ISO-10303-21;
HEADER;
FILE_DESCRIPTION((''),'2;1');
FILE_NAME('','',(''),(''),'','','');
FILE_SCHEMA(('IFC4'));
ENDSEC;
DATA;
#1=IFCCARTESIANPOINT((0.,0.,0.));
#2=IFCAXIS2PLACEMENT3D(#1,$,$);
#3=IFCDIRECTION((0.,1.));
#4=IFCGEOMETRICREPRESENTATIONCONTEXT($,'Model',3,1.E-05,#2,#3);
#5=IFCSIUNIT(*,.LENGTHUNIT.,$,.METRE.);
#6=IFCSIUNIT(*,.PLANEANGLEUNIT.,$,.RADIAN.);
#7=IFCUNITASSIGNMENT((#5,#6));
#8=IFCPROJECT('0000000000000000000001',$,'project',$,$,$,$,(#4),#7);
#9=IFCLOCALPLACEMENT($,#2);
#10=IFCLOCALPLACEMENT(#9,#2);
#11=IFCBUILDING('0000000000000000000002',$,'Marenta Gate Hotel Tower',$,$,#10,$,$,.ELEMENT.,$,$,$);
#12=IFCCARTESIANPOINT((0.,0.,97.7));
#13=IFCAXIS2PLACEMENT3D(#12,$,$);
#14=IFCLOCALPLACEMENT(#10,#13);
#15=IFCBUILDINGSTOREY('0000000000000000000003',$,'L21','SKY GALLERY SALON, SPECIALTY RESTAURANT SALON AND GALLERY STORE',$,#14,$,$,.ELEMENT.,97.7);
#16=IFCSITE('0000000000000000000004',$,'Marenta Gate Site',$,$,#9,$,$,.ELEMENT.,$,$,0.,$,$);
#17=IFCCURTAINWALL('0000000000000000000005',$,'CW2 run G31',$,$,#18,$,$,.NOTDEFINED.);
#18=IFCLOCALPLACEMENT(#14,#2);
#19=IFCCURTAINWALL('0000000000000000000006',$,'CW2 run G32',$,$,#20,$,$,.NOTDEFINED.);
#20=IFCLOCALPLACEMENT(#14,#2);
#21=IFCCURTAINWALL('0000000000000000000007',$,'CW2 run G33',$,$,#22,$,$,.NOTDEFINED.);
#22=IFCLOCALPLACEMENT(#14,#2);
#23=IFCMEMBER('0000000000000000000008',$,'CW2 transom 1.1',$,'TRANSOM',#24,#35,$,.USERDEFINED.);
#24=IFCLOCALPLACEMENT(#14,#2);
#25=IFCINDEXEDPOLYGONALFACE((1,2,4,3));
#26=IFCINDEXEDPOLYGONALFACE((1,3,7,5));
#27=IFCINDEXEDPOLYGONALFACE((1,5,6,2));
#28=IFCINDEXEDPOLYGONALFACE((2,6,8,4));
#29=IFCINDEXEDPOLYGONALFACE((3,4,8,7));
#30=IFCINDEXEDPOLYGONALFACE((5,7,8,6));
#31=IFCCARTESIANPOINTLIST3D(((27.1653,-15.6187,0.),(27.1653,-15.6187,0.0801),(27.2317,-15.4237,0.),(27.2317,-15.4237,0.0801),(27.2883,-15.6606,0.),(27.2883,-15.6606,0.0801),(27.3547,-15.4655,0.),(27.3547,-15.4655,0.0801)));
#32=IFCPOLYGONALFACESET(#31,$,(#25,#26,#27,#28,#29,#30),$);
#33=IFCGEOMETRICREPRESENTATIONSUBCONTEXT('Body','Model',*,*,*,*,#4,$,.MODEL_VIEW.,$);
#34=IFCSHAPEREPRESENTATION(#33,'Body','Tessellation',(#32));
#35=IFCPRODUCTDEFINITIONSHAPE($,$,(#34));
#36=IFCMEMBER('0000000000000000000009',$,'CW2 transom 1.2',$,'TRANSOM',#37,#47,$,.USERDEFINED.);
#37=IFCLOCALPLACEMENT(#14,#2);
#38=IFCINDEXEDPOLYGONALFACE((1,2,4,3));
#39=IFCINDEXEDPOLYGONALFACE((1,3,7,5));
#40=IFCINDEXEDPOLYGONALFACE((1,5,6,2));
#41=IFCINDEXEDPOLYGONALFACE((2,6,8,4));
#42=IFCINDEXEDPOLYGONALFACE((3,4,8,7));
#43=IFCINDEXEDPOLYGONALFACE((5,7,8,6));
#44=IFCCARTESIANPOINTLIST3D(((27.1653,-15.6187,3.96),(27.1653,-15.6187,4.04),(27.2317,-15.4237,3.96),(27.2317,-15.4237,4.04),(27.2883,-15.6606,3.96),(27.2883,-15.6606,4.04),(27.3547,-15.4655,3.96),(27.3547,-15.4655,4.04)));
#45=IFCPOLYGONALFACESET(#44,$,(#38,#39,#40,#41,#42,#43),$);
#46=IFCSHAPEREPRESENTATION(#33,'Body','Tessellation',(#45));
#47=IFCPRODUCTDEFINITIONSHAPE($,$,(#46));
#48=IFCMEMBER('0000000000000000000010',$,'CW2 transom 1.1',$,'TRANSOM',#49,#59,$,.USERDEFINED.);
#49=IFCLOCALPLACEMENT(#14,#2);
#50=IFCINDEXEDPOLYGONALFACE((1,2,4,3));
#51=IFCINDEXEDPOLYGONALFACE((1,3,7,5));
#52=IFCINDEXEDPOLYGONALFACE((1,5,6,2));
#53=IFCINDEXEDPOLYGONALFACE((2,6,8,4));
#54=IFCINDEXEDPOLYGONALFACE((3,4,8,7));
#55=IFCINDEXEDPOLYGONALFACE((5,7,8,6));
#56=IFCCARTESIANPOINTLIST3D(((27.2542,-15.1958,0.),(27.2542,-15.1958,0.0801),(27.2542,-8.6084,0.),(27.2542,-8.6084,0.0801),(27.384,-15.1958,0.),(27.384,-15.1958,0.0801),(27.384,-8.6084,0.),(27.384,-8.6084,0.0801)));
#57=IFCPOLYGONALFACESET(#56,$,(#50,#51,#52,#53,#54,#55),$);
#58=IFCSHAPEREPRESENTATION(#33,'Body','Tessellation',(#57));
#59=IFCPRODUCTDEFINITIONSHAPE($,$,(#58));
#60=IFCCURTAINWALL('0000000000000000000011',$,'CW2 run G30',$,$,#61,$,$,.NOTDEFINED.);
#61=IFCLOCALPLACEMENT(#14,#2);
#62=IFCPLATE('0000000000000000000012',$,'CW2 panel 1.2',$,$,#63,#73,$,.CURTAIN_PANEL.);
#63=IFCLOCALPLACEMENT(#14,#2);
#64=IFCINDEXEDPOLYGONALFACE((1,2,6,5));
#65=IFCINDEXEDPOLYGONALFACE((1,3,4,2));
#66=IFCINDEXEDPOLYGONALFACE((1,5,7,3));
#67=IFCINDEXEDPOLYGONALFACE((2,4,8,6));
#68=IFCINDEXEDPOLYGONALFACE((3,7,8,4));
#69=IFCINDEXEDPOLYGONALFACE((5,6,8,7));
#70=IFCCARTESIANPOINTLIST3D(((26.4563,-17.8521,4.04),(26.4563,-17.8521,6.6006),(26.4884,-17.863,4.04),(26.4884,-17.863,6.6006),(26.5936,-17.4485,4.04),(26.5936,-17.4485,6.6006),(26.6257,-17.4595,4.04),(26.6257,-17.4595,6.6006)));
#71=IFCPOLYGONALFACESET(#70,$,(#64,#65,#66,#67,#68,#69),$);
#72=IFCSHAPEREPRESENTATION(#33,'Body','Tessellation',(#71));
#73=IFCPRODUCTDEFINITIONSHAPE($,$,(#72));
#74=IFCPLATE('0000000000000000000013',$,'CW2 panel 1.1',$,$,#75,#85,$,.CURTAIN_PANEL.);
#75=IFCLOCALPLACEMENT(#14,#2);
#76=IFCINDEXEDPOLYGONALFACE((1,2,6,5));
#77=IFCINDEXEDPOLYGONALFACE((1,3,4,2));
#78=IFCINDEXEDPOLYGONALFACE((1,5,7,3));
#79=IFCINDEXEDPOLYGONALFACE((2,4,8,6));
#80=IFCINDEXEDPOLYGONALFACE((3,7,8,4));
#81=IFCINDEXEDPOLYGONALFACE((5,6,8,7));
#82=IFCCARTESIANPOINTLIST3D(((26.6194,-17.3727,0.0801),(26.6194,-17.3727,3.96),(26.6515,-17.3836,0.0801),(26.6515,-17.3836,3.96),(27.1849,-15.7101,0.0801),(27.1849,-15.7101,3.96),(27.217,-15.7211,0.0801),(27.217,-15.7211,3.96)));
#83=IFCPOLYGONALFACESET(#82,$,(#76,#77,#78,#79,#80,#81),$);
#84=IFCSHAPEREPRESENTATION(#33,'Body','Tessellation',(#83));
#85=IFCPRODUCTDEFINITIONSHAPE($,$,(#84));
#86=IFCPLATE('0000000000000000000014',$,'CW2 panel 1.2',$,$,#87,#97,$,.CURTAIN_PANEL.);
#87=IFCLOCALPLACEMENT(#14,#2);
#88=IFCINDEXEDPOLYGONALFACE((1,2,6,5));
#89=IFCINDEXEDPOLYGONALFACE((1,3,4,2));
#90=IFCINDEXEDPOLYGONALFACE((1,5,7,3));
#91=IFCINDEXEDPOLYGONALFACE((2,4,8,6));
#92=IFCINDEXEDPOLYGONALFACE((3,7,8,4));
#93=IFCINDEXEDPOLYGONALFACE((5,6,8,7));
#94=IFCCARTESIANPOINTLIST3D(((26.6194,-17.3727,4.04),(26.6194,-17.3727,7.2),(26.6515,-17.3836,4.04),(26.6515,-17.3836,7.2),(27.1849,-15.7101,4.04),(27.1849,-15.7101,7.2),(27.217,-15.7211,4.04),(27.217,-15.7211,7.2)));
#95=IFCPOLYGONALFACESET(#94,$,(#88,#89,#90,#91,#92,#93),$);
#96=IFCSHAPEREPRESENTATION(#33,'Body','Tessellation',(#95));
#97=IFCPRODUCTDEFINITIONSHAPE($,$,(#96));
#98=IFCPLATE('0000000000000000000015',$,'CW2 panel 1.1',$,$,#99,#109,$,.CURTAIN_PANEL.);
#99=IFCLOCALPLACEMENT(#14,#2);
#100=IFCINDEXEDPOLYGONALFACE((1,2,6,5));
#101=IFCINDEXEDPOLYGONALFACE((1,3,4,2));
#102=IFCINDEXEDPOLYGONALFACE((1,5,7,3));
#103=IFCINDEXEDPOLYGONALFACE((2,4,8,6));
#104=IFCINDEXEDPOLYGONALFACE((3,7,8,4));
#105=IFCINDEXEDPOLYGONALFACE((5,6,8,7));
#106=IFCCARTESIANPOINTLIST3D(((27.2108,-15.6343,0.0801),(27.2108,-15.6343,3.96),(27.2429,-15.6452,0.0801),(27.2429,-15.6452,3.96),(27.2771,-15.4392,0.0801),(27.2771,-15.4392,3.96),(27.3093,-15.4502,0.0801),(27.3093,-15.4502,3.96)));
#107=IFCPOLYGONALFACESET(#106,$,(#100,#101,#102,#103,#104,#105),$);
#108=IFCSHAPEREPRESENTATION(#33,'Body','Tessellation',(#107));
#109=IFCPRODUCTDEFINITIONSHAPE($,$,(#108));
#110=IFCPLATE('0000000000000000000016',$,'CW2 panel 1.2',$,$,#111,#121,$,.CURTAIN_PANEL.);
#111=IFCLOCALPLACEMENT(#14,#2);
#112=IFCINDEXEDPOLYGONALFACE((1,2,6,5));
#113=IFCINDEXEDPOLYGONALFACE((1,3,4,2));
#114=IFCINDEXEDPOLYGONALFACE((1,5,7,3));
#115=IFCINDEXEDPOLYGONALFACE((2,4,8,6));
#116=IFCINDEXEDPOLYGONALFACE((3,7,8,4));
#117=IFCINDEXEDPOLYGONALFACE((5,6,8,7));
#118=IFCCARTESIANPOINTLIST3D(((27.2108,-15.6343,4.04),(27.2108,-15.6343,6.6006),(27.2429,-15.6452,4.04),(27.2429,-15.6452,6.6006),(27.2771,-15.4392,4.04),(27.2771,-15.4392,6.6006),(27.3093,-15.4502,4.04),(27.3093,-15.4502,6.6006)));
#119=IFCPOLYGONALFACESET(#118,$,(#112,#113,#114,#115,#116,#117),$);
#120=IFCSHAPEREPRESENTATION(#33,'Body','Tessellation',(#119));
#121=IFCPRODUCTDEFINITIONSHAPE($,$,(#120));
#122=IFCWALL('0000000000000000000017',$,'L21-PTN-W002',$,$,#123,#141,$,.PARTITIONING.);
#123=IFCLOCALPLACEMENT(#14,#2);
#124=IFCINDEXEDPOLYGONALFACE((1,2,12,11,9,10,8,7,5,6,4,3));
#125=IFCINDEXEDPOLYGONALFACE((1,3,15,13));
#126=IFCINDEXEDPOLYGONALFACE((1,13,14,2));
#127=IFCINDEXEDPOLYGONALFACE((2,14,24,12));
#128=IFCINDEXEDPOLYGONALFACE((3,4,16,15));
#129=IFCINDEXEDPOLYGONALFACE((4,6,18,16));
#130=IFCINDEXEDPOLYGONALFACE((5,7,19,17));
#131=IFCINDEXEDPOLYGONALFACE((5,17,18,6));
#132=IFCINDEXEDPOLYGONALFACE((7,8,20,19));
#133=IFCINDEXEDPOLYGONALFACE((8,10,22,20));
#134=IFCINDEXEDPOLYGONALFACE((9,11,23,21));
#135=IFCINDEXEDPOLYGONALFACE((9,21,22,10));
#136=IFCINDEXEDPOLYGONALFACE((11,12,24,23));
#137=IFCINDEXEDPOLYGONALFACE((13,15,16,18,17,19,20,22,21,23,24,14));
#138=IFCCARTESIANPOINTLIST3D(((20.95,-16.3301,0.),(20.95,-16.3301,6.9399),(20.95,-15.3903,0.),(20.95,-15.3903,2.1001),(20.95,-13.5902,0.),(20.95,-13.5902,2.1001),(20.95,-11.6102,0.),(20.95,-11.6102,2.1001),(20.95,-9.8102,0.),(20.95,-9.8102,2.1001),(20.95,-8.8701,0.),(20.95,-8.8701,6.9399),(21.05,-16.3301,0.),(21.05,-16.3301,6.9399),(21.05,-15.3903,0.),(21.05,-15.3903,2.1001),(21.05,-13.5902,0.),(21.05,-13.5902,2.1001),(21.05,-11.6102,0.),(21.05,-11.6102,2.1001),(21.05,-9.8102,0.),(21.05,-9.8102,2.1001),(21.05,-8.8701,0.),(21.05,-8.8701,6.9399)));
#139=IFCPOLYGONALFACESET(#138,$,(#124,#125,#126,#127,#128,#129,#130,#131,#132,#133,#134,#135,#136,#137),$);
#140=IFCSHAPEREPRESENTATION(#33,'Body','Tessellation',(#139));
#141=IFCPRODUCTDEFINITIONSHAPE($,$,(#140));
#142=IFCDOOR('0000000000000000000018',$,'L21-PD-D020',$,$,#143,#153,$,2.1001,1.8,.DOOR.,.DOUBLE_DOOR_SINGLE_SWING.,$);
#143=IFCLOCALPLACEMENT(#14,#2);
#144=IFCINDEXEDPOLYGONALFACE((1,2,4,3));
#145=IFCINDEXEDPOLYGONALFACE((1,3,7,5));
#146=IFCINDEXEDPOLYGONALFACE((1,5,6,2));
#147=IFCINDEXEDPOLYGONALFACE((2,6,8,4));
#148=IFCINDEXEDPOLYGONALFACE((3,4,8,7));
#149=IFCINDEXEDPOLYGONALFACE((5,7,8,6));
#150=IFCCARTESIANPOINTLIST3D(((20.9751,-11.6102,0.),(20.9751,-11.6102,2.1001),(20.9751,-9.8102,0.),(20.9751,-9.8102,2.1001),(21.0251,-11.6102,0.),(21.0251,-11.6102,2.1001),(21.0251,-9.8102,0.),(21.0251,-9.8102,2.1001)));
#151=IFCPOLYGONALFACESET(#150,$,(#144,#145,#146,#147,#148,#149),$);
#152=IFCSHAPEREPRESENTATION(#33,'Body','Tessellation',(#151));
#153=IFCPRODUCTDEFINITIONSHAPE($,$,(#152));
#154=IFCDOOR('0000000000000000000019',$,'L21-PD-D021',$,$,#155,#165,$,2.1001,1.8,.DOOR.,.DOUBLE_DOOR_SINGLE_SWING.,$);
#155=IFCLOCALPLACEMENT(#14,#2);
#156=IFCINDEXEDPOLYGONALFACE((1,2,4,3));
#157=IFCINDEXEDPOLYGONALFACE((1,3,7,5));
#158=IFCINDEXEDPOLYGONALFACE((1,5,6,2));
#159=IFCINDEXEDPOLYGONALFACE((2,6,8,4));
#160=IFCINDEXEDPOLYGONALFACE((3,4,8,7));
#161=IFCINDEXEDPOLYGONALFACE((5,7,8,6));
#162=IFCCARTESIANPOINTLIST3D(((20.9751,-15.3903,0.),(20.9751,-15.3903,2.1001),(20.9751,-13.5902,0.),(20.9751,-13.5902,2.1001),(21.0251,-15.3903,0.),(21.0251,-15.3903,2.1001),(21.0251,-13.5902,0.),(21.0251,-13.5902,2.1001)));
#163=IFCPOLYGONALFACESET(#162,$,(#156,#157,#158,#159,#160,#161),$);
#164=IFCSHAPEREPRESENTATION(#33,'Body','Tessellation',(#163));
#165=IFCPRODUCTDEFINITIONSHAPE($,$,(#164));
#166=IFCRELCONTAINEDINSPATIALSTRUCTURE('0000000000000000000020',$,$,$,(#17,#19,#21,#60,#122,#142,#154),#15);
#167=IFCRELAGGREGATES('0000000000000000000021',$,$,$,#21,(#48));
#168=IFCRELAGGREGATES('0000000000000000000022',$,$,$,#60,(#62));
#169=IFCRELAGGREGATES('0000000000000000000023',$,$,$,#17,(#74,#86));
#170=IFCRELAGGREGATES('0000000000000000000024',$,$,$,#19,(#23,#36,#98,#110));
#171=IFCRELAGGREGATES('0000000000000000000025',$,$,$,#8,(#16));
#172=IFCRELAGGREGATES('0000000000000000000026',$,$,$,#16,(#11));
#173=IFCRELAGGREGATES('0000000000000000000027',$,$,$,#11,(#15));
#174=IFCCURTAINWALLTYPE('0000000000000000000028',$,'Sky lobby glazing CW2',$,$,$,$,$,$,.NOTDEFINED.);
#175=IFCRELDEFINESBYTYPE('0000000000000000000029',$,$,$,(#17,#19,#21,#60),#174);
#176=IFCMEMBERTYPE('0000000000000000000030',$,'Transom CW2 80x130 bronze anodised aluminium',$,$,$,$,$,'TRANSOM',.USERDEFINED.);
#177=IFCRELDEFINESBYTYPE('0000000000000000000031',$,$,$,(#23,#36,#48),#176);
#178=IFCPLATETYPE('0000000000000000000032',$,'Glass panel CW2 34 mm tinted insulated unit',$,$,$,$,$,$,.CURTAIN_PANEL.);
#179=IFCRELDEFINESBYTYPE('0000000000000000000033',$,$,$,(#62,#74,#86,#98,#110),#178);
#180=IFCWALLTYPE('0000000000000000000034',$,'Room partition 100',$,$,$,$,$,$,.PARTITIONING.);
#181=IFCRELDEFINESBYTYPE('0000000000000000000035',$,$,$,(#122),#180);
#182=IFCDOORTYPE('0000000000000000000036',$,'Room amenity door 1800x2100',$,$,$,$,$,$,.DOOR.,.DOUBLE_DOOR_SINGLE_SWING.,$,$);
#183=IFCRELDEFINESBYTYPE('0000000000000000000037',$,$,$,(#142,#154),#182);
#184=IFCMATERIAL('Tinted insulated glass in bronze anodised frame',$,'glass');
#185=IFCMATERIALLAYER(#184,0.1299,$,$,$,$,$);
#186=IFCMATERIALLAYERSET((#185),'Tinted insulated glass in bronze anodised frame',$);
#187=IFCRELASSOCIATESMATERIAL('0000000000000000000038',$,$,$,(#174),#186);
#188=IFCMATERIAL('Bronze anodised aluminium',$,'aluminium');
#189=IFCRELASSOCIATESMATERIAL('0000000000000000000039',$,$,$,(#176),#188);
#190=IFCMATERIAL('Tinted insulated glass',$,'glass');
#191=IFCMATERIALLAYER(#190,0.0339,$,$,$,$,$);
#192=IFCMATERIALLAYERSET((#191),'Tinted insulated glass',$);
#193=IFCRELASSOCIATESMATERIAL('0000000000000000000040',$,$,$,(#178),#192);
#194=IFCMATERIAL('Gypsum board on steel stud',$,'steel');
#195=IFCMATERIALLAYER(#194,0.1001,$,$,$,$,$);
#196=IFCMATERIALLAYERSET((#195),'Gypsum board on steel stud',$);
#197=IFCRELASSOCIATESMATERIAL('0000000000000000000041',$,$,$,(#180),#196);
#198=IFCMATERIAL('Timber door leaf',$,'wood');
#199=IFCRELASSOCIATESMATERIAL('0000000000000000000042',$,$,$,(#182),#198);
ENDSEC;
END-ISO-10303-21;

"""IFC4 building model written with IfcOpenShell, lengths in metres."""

from ifc_helpers import new_model, si_unit, direction, frame, frame_2d, origin, origin_2d, place, context, subcontext, project, spatial, rectangle, extrude, material, layer, layer_set, material_profile, profile_set, type_object, element, fill, aggregate, save


model = new_model("IFC4")

# Units and contexts
model_context = context("Model", 3, precision=1e-05, world=origin(), true_north=direction((0.0, 1.0)))
body_context = subcontext(model_context, "Body", "Model", "MODEL_VIEW")
ifc_project = project(units=[si_unit("LENGTHUNIT", "METRE"), si_unit("PLANEANGLEUNIT", "RADIAN")], contexts=[model_context])

# Site, building, storey
site_placement = place(None, origin())
site = spatial("IfcSite", under=ifc_project, at=site_placement, Name="Marenta Gate Site", CompositionType="ELEMENT", RefElevation=0.0)
building_placement = place(site_placement, origin())
building = spatial("IfcBuilding", under=site, at=building_placement, Name="Marenta Gate Hotel Tower", CompositionType="ELEMENT")
storey_placement = place(building_placement, frame((0.0, 0.0, 97.7)))
storey = spatial("IfcBuildingStorey", under=building, at=storey_placement, Name="L21", Description="SKY GALLERY SALON, SPECIALTY RESTAURANT SALON AND GALLERY STORE", CompositionType="ELEMENT", Elevation=97.7)

# Curtain wall
ifc_material_1 = material(Name="Tinted insulated glass in bronze anodised frame", Category="glass")
ifc_layer_1 = layer(ifc_material_1, 0.1299)
ifc_layer_set_1 = layer_set([ifc_layer_1], Name="Tinted insulated glass in bronze anodised frame")
curtain_wall_type = type_object("IfcCurtainWallType", Name="Sky lobby glazing CW2", PredefinedType="NOTDEFINED", material=ifc_layer_set_1)
curtain_wall_1_placement = place(storey_placement, origin())
curtain_wall_1 = element("IfcCurtainWall", 1, at=curtain_wall_1_placement, inside=storey, type_object=curtain_wall_type, Name="CW2 run G31", PredefinedType="NOTDEFINED")

# Curtain wall
curtain_wall_2_placement = place(storey_placement, origin())
curtain_wall_2 = element("IfcCurtainWall", 2, at=curtain_wall_2_placement, inside=storey, type_object=curtain_wall_type, Name="CW2 run G32", PredefinedType="NOTDEFINED")

# Curtain wall
curtain_wall_3_placement = place(storey_placement, origin())
curtain_wall_3 = element("IfcCurtainWall", 3, at=curtain_wall_3_placement, inside=storey, type_object=curtain_wall_type, Name="CW2 run G33", PredefinedType="NOTDEFINED")

# Members
ifc_material_2 = material(Name="Bronze anodised aluminium", Category="aluminium")
ifc_material_profile_1 = material_profile(ifc_material_2, rectangle(XDim=0.1299, YDim=0.0801, at=origin_2d()), Name="Transom CW2 80x130 bronze anodised aluminium")
ifc_profile_set_1 = profile_set([ifc_material_profile_1], Name="Bronze anodised aluminium")
member_type_1 = type_object("IfcMemberType", Name="Transom CW2 80x130 bronze anodised aluminium", ElementType="TRANSOM", PredefinedType="USERDEFINED", material=ifc_profile_set_1)
member_1_placement = place(storey_placement, frame((27.2268, -15.6396, 0.04), z_axis=(0.322264, 0.94665, 0.0), x_axis=(-0.94665, 0.322264, 0.0)))
member_1 = element("IfcMember", 4, at=member_1_placement, type_object=member_type_1, Name="CW2 transom 1.1", ObjectType="TRANSOM", PredefinedType="USERDEFINED", context=body_context, shape_type="SweptSolid", body=[
    extrude(rectangle(XDim=0.1299, YDim=0.0801, at=origin_2d()), origin(), (0.0, 0.0, 1.0), 0.2061),
])
member_2_placement = place(storey_placement, frame((27.2268, -15.6396, 4.0), z_axis=(0.322264, 0.94665, 0.0), x_axis=(-0.94665, 0.322264, 0.0)))
member_2 = element("IfcMember", 5, at=member_2_placement, type_object=member_type_1, Name="CW2 transom 1.2", ObjectType="TRANSOM", PredefinedType="USERDEFINED", context=body_context, shape_type="SweptSolid", body=[
    extrude(rectangle(XDim=0.1299, YDim=0.0801, at=origin_2d()), origin(), (0.0, 0.0, 1.0), 0.2061),
])
member_3_placement = place(storey_placement, frame((27.3191, -15.1958, 0.04), z_axis=(0.0, 1.0, 0.0), x_axis=(-1.0, 0.0, 0.0)))
member_3 = element("IfcMember", 6, at=member_3_placement, type_object=member_type_1, Name="CW2 transom 1.1", ObjectType="TRANSOM", PredefinedType="USERDEFINED", context=body_context, shape_type="SweptSolid", body=[
    extrude(rectangle(XDim=0.1299, YDim=0.0801, at=origin_2d()), origin(), (0.0, 0.0, 1.0), 6.5874),
])
aggregate(curtain_wall_3, [member_3])

# Curtain wall, plate
curtain_wall_4_placement = place(storey_placement, origin())
curtain_wall_4 = element("IfcCurtainWall", 7, at=curtain_wall_4_placement, inside=storey, type_object=curtain_wall_type, Name="CW2 run G30", PredefinedType="NOTDEFINED")
ifc_material_3 = material(Name="Tinted insulated glass", Category="glass")
ifc_layer_2 = layer(ifc_material_3, 0.0339)
ifc_layer_set_2 = layer_set([ifc_layer_2], Name="Tinted insulated glass")
plate_type = type_object("IfcPlateType", Name="Glass panel CW2 34 mm tinted insulated unit", PredefinedType="CURTAIN_PANEL", material=ifc_layer_set_2)
plate_1_placement = place(storey_placement, frame((26.541, -17.6558, 4.04), z_axis=(0.0, 0.0, 1.0), x_axis=(0.322147, 0.94669, 0.0)))
plate_1 = element("IfcPlate", 8, at=plate_1_placement, type_object=plate_type, Name="CW2 panel 1.2", PredefinedType="CURTAIN_PANEL", context=body_context, shape_type="SweptSolid", body=[
    extrude(rectangle(XDim=0.4263, YDim=0.0339, at=origin_2d()), origin(), (0.0, 0.0, 1.0), 2.5605),
])
aggregate(curtain_wall_4, [plate_1])

# Plates
plate_2_placement = place(storey_placement, frame((26.9182, -16.5469, 0.0801), z_axis=(0.0, 0.0, 1.0), x_axis=(0.322022, 0.946732, 0.0)))
plate_2 = element("IfcPlate", 9, at=plate_2_placement, type_object=plate_type, Name="CW2 panel 1.1", PredefinedType="CURTAIN_PANEL", context=body_context, shape_type="SweptSolid", body=[
    extrude(rectangle(XDim=1.7561, YDim=0.0339, at=origin_2d()), origin(), (0.0, 0.0, 1.0), 3.8799),
])
plate_3_placement = place(storey_placement, frame((26.9182, -16.5469, 4.04), z_axis=(0.0, 0.0, 1.0), x_axis=(0.322022, 0.946732, 0.0)))
plate_3 = element("IfcPlate", 10, at=plate_3_placement, type_object=plate_type, Name="CW2 panel 1.2", PredefinedType="CURTAIN_PANEL", context=body_context, shape_type="SweptSolid", body=[
    extrude(rectangle(XDim=1.7561, YDim=0.0339, at=origin_2d()), origin(), (0.0, 0.0, 1.0), 3.1599),
])
aggregate(curtain_wall_1, [plate_2, plate_3])
plate_4_placement = place(storey_placement, frame((27.26, -15.5422, 0.0801), z_axis=(0.0, 0.0, 1.0), x_axis=(0.32204, 0.946726, 0.0)))
plate_4 = element("IfcPlate", 11, at=plate_4_placement, type_object=plate_type, Name="CW2 panel 1.1", PredefinedType="CURTAIN_PANEL", context=body_context, shape_type="SweptSolid", body=[
    extrude(rectangle(XDim=0.2061, YDim=0.0339, at=origin_2d()), origin(), (0.0, 0.0, 1.0), 3.8799),
])
plate_5_placement = place(storey_placement, frame((27.26, -15.5422, 4.04), z_axis=(0.0, 0.0, 1.0), x_axis=(0.32204, 0.946726, 0.0)))
plate_5 = element("IfcPlate", 12, at=plate_5_placement, type_object=plate_type, Name="CW2 panel 1.2", PredefinedType="CURTAIN_PANEL", context=body_context, shape_type="SweptSolid", body=[
    extrude(rectangle(XDim=0.2061, YDim=0.0339, at=origin_2d()), origin(), (0.0, 0.0, 1.0), 2.5605),
])
aggregate(curtain_wall_2, [member_1, member_2, plate_4, plate_5])

# Wall, openings, doors
ifc_material_4 = material(Name="Gypsum board on steel stud", Category="steel")
ifc_layer_3 = layer(ifc_material_4, 0.1001)
ifc_layer_set_3 = layer_set([ifc_layer_3], Name="Gypsum board on steel stud")
wall_type = type_object("IfcWallType", Name="Room partition 100", PredefinedType="PARTITIONING", material=ifc_layer_set_3)
wall_placement = place(storey_placement, frame((21.0, -16.3301, 0.0), z_axis=(0.0, 0.0, 1.0), x_axis=(0.0, 1.0, 0.0)))
wall = element("IfcWall", 13, at=wall_placement, inside=storey, type_object=wall_type, Name="L21-PTN-W002", PredefinedType="PARTITIONING", context=body_context, shape_type="SweptSolid", body=[
    extrude(rectangle(XDim=7.46, YDim=0.1001, at=frame_2d((3.73, 0.0))), origin(), (0.0, 0.0, 1.0), 6.9399),
])
opening_1_placement = place(wall_placement, frame((4.72, 0.0, 0.0)))
opening_1 = element("IfcOpeningElement", 14, at=opening_1_placement, cuts=wall, PredefinedType="OPENING", context=body_context, shape_type="SweptSolid", body=[
    extrude(rectangle(XDim=1.8, YDim=2.1001, at=frame_2d((0.8999, 1.05))), frame((0.0, 0.05, 0.0), z_axis=(0.0, -1.0, 0.0), x_axis=(1.0, 0.0, 0.0)), (0.0, 0.0, 1.0), 0.1001),
])
opening_2_placement = place(wall_placement, frame((0.9399, 0.0, 0.0)))
opening_2 = element("IfcOpeningElement", 15, at=opening_2_placement, cuts=wall, PredefinedType="OPENING", context=body_context, shape_type="SweptSolid", body=[
    extrude(rectangle(XDim=1.8, YDim=2.1001, at=frame_2d((0.8999, 1.05))), frame((0.0, 0.05, 0.0), z_axis=(0.0, -1.0, 0.0), x_axis=(1.0, 0.0, 0.0)), (0.0, 0.0, 1.0), 0.1001),
])
ifc_material_5 = material(Name="Timber door leaf", Category="wood")
door_type = type_object("IfcDoorType", Name="Room amenity door 1800x2100", OperationType="DOUBLE_DOOR_SINGLE_SWING", PredefinedType="DOOR", material=ifc_material_5)
door_1_placement = place(opening_1_placement, origin())
door_1 = element("IfcDoor", 16, at=door_1_placement, inside=storey, type_object=door_type, Name="L21-PD-D020", OperationType="DOUBLE_DOOR_SINGLE_SWING", OverallHeight=2.1001, OverallWidth=1.8, PredefinedType="DOOR", context=body_context, shape_type="SweptSolid", body=[
    extrude(rectangle(XDim=1.8, YDim=2.1001, at=frame_2d((0.8999, 1.05))), frame((0.0, 0.0249, 0.0), z_axis=(0.0, -1.0, 0.0), x_axis=(1.0, 0.0, 0.0)), (0.0, 0.0, 1.0), 0.05),
])
fill(opening_1, door_1)
door_2_placement = place(opening_2_placement, origin())
door_2 = element("IfcDoor", 17, at=door_2_placement, inside=storey, type_object=door_type, Name="L21-PD-D021", OperationType="DOUBLE_DOOR_SINGLE_SWING", OverallHeight=2.1001, OverallWidth=1.8, PredefinedType="DOOR", context=body_context, shape_type="SweptSolid", body=[
    extrude(rectangle(XDim=1.8, YDim=2.1001, at=frame_2d((0.8999, 1.05))), frame((0.0, 0.0249, 0.0), z_axis=(0.0, -1.0, 0.0), x_axis=(1.0, 0.0, 0.0)), (0.0, 0.0, 1.0), 0.05),
])
fill(opening_2, door_2)

save(model, "model.ifc")
